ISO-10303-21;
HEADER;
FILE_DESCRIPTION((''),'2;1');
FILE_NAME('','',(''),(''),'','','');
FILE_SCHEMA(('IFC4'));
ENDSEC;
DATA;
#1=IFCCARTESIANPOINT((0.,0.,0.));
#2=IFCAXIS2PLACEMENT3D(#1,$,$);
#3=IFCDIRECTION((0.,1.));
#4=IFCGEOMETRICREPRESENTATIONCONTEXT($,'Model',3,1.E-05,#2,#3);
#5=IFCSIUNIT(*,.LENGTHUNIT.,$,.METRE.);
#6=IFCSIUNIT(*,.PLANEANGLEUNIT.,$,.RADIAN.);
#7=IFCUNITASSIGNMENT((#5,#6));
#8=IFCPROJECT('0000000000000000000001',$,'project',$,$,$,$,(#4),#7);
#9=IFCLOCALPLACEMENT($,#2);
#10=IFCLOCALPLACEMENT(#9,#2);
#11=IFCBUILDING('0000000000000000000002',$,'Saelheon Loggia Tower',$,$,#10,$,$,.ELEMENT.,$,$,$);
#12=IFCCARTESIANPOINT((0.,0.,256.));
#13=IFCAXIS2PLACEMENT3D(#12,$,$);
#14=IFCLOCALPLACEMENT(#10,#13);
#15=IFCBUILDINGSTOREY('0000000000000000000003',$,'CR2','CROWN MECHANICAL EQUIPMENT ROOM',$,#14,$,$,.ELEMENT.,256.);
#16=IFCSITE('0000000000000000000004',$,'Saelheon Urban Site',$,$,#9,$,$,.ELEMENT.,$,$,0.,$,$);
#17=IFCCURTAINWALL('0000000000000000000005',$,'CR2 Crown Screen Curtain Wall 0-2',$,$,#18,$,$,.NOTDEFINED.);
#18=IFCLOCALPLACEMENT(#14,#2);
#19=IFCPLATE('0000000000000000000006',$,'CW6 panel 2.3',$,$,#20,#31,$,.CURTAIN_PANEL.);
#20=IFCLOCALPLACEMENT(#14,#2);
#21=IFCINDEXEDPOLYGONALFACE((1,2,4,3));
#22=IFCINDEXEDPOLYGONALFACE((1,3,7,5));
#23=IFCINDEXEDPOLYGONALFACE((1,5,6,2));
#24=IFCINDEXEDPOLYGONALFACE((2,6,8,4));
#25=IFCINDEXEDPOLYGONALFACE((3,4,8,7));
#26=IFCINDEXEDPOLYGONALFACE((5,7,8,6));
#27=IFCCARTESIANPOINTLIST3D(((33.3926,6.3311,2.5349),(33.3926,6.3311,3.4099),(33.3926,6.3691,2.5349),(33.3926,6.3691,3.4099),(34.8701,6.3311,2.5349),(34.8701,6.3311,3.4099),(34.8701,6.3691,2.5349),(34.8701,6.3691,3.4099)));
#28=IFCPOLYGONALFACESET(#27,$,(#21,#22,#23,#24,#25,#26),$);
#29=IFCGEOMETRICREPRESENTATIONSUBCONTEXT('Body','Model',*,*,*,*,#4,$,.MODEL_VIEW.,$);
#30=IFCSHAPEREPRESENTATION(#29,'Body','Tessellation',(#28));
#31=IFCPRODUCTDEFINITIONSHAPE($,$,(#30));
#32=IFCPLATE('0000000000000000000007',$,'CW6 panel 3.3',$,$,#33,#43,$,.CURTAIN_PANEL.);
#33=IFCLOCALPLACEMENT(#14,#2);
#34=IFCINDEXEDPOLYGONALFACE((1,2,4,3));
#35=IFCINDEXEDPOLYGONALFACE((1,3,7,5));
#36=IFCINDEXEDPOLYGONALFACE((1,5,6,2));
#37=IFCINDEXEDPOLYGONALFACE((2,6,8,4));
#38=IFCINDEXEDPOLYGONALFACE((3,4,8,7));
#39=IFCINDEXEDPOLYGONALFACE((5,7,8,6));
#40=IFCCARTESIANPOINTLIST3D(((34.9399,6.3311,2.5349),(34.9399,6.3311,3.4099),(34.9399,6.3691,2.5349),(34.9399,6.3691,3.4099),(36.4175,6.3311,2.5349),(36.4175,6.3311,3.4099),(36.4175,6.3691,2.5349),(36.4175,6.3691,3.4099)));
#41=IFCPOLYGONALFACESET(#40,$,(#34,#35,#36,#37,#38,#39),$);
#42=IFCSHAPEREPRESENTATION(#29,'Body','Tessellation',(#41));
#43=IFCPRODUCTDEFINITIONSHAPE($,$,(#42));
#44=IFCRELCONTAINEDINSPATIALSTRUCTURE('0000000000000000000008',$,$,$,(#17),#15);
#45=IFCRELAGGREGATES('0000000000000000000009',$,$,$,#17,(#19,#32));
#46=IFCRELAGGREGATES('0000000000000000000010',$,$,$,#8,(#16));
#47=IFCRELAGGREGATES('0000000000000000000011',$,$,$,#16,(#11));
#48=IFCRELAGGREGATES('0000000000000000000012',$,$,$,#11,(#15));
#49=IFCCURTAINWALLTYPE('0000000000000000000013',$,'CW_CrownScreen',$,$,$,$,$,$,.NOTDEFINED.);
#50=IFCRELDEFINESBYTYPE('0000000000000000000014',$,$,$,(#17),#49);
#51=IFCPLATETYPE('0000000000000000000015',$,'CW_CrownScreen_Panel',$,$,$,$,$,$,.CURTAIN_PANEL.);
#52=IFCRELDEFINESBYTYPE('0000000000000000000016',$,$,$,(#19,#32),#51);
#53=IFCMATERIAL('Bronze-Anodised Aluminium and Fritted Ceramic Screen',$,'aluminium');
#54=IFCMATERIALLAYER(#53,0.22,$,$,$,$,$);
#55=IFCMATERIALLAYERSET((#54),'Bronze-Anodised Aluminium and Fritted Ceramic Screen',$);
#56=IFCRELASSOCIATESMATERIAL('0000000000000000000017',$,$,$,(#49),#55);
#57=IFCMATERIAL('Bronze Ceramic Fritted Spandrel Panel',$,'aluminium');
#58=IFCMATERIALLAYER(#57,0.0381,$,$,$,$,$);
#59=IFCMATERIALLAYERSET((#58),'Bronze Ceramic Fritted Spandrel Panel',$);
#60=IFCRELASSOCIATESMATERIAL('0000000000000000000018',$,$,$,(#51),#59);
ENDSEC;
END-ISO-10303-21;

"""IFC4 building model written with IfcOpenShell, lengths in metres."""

from ifc_helpers import new_model, si_unit, direction, frame, origin, origin_2d, place, context, subcontext, project, spatial, rectangle, extrude, source, transform, mapped, material, layer, layer_set, type_object, element, aggregate, save


model = new_model("IFC4")

# Units and contexts
model_context = context("Model", 3, precision=1e-05, world=origin(), true_north=direction((0.0, 1.0)))
body_context = subcontext(model_context, "Body", "Model", "MODEL_VIEW")
ifc_project = project(units=[si_unit("LENGTHUNIT", "METRE"), si_unit("PLANEANGLEUNIT", "RADIAN")], contexts=[model_context])

# Site, building, storey
site_placement = place(None, origin())
site = spatial("IfcSite", under=ifc_project, at=site_placement, Name="Saelheon Urban Site", CompositionType="ELEMENT", RefElevation=0.0)
building_placement = place(site_placement, origin())
building = spatial("IfcBuilding", under=site, at=building_placement, Name="Saelheon Loggia Tower", CompositionType="ELEMENT")
storey_placement = place(building_placement, frame((0.0, 0.0, 256.0)))
storey = spatial("IfcBuildingStorey", under=building, at=storey_placement, Name="CR2", Description="CROWN MECHANICAL EQUIPMENT ROOM", CompositionType="ELEMENT", Elevation=256.0)

# Curtain wall, plates
ifc_material_1 = material(Name="Bronze-Anodised Aluminium and Fritted Ceramic Screen", Category="aluminium")
ifc_layer_1 = layer(ifc_material_1, 0.22)
ifc_layer_set_1 = layer_set([ifc_layer_1], Name="Bronze-Anodised Aluminium and Fritted Ceramic Screen")
curtain_wall_type = type_object("IfcCurtainWallType", Name="CW_CrownScreen", PredefinedType="NOTDEFINED", material=ifc_layer_set_1)
curtain_wall_placement = place(storey_placement, origin())
curtain_wall = element("IfcCurtainWall", 1, at=curtain_wall_placement, inside=storey, type_object=curtain_wall_type, Name="CR2 Crown Screen Curtain Wall 0-2", PredefinedType="NOTDEFINED")
ifc_material_2 = material(Name="Bronze Ceramic Fritted Spandrel Panel", Category="aluminium")
ifc_layer_2 = layer(ifc_material_2, 0.0381)
ifc_layer_set_2 = layer_set([ifc_layer_2], Name="Bronze Ceramic Fritted Spandrel Panel")
plate_type = type_object("IfcPlateType", Name="CW_CrownScreen_Panel", PredefinedType="CURTAIN_PANEL", material=ifc_layer_set_2)
shared_shape_1 = source(origin(), body_context, "Body", "SweptSolid", [
    extrude(rectangle(XDim=1.4775, YDim=0.0381, at=origin_2d()), origin(), (0.0, 0.0, 1.0), 0.875),
])
plate_1_placement = place(storey_placement, frame((34.1313, 6.3501, 2.5349), z_axis=(0.0, 0.0, 1.0), x_axis=(1.0, 0.0, 0.0)))
plate_1 = element("IfcPlate", 2, at=plate_1_placement, type_object=plate_type, Name="CW6 panel 2.3", PredefinedType="CURTAIN_PANEL", context=body_context, shape_type="MappedRepresentation", body=[
    mapped(shared_shape_1, transform((0.0, 0.0, 0.0), scale=1.0)),
])
plate_2_placement = place(storey_placement, frame((35.6787, 6.3501, 2.5349), z_axis=(0.0, 0.0, 1.0), x_axis=(1.0, 0.0, 0.0)))
plate_2 = element("IfcPlate", 3, at=plate_2_placement, type_object=plate_type, Name="CW6 panel 3.3", PredefinedType="CURTAIN_PANEL", context=body_context, shape_type="MappedRepresentation", body=[
    mapped(shared_shape_1, transform((0.0, 0.0, 0.0), scale=1.0)),
])
aggregate(curtain_wall, [plate_1, plate_2])

save(model, "model.ifc")
